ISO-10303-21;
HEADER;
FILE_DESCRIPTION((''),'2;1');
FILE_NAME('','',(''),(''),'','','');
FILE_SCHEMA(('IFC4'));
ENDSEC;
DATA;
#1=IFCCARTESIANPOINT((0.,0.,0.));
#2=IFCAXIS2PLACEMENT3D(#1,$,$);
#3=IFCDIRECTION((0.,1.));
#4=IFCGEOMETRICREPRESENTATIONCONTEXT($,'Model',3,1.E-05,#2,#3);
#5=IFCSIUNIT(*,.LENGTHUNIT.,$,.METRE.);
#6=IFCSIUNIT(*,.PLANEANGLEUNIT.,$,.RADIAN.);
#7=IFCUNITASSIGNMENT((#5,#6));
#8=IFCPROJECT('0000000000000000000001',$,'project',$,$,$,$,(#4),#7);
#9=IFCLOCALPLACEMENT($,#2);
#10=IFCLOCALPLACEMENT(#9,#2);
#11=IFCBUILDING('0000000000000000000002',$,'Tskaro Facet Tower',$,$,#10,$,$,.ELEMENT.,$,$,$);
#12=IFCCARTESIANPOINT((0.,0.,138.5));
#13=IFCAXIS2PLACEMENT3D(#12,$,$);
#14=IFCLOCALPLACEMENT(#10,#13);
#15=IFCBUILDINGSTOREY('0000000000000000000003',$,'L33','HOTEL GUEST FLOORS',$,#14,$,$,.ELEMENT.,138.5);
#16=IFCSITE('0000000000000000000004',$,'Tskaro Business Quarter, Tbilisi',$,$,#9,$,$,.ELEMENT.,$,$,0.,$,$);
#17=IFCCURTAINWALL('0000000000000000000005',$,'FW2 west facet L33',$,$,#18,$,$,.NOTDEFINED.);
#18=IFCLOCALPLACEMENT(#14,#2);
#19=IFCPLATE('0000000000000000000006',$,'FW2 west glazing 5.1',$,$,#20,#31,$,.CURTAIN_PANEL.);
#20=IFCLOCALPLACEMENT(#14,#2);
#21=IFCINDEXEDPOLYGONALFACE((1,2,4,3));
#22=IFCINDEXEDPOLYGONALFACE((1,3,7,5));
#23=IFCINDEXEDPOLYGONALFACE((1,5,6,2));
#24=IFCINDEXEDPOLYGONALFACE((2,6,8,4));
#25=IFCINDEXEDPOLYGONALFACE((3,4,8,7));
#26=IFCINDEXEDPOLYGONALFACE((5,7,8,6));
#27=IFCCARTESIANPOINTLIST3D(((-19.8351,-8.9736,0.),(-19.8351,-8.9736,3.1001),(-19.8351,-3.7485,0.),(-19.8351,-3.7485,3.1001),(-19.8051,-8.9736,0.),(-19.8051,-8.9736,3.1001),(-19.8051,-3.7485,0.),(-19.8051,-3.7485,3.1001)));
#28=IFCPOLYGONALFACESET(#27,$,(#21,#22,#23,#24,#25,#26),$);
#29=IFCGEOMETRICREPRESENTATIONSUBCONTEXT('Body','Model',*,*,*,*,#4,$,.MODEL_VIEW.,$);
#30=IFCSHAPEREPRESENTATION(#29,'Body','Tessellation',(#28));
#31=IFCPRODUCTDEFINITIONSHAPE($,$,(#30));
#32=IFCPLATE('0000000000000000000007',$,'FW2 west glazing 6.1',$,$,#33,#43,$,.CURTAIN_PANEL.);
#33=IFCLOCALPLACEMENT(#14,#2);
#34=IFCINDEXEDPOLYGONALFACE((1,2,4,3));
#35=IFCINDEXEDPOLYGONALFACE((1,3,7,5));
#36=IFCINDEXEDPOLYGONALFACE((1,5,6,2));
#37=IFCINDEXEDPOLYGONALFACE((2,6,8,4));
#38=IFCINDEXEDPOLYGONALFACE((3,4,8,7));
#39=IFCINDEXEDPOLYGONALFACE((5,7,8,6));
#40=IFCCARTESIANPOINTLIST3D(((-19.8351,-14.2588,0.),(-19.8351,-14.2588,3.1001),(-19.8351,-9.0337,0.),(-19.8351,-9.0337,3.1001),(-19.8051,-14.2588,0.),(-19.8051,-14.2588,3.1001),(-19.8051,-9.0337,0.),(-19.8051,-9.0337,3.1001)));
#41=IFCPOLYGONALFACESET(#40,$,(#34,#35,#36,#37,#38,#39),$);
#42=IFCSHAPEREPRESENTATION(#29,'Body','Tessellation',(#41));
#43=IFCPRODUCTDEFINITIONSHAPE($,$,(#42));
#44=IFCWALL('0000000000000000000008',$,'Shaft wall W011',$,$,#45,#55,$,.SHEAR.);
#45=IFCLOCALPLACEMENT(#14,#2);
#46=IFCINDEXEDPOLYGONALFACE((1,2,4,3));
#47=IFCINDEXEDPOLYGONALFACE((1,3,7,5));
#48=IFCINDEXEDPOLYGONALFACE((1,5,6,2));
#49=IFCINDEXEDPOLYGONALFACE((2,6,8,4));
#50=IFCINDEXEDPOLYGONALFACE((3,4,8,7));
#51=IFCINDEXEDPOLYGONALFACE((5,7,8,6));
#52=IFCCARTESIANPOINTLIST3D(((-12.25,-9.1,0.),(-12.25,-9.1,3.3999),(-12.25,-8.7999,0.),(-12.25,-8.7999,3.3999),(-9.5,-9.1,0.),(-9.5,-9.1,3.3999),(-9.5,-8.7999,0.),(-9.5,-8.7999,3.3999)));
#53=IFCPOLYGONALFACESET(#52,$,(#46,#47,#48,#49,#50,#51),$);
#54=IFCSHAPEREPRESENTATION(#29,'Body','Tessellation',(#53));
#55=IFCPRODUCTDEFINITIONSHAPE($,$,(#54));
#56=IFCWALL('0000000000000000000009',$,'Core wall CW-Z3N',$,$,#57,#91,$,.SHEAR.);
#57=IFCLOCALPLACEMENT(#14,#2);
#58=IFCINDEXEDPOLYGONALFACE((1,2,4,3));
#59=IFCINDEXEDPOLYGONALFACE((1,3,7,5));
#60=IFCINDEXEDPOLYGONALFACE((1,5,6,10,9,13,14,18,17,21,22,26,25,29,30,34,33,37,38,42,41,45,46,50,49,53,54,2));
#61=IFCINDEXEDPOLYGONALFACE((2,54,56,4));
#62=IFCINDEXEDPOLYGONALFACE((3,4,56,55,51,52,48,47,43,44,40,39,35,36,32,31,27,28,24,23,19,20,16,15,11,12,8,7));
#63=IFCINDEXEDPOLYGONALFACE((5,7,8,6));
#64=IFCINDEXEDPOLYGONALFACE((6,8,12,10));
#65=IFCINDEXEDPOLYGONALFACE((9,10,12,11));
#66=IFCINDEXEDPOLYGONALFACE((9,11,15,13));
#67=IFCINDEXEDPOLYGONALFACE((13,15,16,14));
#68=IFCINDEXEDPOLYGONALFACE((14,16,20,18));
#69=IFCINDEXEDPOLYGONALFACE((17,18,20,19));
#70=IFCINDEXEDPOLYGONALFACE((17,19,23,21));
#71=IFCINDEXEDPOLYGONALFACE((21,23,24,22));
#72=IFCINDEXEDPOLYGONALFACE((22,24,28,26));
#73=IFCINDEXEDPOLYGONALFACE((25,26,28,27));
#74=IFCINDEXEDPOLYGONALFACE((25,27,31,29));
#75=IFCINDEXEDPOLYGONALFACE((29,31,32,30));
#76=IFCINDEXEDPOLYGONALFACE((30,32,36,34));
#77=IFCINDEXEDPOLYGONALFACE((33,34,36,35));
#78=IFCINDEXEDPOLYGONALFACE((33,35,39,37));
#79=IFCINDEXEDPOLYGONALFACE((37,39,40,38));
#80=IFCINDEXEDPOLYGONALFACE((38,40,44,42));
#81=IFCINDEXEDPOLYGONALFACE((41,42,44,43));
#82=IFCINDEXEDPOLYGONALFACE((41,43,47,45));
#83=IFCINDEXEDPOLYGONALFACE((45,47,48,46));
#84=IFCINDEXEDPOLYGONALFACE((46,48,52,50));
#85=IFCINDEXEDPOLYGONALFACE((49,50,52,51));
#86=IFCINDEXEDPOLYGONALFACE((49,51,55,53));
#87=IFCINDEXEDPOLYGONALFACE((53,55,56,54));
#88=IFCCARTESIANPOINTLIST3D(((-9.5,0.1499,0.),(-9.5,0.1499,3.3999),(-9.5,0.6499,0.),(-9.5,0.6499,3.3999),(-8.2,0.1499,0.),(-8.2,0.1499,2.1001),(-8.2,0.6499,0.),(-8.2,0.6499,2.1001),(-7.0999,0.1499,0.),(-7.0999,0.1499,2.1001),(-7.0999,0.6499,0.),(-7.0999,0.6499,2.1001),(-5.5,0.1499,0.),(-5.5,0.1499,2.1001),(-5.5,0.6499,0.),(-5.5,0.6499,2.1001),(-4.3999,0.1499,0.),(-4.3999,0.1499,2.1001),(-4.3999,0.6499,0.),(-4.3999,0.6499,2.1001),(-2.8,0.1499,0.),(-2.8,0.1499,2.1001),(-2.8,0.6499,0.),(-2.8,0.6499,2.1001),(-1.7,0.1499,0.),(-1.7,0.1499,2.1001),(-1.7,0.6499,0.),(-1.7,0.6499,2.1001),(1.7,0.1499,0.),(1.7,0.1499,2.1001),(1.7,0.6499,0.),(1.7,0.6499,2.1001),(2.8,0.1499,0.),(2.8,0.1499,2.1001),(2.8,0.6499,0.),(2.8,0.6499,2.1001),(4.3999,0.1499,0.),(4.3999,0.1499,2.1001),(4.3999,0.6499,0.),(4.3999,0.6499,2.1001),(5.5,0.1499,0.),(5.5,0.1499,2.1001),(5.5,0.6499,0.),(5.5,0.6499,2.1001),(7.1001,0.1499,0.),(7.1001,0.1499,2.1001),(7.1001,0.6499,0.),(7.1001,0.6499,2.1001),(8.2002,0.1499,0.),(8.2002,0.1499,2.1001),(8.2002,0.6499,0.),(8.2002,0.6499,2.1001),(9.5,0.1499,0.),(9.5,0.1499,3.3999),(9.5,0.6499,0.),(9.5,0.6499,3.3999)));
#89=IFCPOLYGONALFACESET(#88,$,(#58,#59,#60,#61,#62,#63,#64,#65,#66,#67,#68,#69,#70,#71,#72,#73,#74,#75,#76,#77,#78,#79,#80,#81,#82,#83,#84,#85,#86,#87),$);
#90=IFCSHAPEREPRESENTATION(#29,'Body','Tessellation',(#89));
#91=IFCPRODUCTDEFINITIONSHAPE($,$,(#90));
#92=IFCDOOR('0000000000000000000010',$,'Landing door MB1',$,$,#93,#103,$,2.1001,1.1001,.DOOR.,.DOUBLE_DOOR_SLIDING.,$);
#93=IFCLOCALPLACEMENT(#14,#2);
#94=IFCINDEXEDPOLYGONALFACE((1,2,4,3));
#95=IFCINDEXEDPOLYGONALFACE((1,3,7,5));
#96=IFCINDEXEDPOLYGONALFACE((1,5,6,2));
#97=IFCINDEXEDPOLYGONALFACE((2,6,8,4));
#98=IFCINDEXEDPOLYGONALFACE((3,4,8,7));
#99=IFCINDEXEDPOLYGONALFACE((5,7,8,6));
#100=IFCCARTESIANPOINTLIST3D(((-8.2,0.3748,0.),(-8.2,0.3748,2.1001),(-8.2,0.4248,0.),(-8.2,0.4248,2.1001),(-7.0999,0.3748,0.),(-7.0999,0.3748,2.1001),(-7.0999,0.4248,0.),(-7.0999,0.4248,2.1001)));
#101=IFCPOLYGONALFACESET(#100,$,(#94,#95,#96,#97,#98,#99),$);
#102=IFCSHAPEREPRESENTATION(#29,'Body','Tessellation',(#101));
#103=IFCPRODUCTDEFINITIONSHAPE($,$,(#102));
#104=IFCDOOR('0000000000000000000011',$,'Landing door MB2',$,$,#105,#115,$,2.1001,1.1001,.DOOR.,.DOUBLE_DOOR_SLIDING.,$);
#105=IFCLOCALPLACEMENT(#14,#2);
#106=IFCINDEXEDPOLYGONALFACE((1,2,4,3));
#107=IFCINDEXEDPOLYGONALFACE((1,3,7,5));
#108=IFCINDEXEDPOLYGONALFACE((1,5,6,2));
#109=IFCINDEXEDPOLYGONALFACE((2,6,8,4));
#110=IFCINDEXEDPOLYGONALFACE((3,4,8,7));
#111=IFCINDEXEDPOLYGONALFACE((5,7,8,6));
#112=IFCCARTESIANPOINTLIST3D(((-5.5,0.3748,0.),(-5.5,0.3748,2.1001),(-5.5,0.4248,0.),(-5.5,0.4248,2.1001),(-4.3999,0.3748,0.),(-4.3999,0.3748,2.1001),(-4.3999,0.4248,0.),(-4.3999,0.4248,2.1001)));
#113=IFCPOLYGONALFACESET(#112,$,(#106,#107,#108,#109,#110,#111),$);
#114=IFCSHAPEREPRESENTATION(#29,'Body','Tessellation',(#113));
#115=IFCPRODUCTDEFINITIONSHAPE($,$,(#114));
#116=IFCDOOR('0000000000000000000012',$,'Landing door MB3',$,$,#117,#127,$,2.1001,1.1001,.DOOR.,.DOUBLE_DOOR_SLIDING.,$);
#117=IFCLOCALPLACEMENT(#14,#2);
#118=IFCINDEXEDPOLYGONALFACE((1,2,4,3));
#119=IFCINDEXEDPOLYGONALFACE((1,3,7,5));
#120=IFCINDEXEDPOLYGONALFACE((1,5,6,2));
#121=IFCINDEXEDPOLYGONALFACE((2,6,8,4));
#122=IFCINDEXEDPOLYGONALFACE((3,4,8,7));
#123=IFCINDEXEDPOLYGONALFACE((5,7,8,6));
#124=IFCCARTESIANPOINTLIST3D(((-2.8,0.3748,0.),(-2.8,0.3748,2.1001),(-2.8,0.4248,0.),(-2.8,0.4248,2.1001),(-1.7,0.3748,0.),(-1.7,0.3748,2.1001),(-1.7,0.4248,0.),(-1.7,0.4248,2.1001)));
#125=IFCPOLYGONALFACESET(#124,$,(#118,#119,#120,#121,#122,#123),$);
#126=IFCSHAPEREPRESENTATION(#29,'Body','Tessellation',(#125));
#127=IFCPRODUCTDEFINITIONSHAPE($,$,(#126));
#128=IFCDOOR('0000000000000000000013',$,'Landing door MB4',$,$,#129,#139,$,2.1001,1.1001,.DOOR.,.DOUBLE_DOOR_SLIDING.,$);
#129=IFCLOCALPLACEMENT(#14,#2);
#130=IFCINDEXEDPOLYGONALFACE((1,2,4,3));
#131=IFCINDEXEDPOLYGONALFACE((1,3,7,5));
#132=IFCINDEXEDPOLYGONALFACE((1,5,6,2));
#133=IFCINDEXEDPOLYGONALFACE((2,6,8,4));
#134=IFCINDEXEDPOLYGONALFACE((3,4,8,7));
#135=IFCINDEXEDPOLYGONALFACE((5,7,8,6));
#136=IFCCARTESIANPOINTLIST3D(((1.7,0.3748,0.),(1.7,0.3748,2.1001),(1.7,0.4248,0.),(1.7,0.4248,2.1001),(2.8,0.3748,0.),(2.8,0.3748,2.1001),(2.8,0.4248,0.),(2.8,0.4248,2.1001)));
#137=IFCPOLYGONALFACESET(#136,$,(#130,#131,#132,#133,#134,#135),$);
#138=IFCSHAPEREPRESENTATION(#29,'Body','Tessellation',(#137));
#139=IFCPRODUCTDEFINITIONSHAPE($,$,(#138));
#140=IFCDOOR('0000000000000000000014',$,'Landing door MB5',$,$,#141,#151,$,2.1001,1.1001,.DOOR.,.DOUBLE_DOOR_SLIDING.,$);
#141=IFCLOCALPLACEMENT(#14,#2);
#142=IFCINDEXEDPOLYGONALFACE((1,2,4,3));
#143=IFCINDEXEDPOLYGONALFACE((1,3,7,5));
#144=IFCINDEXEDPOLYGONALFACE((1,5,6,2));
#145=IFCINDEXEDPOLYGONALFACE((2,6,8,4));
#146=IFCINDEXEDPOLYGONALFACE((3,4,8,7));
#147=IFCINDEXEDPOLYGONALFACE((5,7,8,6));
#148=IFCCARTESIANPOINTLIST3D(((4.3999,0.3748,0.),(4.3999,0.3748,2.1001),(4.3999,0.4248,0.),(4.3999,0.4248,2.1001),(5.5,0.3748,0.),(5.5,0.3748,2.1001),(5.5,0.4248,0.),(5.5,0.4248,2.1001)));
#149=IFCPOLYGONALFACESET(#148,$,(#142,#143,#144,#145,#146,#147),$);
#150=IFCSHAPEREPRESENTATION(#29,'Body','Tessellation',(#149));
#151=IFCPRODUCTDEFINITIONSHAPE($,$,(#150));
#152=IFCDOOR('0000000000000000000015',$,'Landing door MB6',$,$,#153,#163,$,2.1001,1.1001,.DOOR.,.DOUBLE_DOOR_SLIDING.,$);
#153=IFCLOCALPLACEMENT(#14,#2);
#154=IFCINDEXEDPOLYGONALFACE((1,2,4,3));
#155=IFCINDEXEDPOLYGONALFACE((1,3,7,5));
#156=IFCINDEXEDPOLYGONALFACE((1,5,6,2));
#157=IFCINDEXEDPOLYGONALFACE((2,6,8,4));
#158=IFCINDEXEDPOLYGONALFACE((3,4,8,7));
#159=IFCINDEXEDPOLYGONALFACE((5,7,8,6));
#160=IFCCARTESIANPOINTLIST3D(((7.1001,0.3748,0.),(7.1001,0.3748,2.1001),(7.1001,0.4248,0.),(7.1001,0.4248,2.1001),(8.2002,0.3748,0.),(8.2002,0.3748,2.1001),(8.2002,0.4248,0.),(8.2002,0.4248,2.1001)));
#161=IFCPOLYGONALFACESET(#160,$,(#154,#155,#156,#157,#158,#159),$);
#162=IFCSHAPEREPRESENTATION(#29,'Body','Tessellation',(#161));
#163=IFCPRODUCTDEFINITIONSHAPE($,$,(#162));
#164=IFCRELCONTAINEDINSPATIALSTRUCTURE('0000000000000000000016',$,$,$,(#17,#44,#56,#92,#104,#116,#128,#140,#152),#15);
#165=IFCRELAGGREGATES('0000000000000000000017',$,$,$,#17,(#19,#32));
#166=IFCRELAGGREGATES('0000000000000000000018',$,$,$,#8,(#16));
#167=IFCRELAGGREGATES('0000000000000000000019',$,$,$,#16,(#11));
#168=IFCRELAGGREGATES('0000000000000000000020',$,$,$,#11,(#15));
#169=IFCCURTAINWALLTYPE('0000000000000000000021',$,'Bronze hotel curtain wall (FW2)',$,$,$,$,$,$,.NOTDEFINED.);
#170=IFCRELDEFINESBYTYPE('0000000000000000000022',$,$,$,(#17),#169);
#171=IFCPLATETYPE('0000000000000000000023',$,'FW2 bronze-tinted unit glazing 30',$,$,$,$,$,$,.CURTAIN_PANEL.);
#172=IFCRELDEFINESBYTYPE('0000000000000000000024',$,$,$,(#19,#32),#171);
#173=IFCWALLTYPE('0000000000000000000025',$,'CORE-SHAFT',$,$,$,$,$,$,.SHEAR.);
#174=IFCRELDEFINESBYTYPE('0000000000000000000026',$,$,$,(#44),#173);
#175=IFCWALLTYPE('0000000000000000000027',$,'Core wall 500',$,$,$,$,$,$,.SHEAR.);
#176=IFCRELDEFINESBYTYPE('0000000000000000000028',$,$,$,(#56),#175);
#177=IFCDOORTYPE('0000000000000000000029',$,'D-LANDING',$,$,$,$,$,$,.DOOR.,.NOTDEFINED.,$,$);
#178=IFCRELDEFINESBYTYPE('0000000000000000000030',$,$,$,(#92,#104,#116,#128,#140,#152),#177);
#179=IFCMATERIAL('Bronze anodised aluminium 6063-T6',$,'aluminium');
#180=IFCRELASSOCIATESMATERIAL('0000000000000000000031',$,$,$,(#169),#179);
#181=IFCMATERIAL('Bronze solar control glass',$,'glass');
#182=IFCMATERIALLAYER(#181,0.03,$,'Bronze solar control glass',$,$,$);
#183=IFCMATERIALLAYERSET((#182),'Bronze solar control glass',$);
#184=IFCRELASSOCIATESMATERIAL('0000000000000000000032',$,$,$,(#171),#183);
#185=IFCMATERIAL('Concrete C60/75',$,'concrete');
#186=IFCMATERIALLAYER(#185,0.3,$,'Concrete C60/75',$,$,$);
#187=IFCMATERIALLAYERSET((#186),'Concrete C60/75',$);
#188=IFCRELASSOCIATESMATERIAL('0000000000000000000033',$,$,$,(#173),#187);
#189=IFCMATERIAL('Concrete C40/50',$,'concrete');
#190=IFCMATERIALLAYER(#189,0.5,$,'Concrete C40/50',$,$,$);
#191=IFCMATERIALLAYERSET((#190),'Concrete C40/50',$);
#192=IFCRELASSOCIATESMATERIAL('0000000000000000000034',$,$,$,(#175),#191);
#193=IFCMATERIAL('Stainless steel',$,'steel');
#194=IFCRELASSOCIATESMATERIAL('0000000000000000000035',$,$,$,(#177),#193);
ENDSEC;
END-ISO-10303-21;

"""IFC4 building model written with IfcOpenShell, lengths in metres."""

from ifc_helpers import new_model, si_unit, direction, frame, frame_2d, origin, origin_2d, place, context, subcontext, project, spatial, rectangle, extrude, material, layer, layer_set, type_object, element, fill, aggregate, save


model = new_model("IFC4")

# Units and contexts
model_context = context("Model", 3, precision=1e-05, world=origin(), true_north=direction((0.0, 1.0)))
body_context = subcontext(model_context, "Body", "Model", "MODEL_VIEW")
ifc_project = project(units=[si_unit("LENGTHUNIT", "METRE"), si_unit("PLANEANGLEUNIT", "RADIAN")], contexts=[model_context])

# Site, building, storey
site_placement = place(None, origin())
site = spatial("IfcSite", under=ifc_project, at=site_placement, Name="Tskaro Business Quarter, Tbilisi", CompositionType="ELEMENT", RefElevation=0.0)
building_placement = place(site_placement, origin())
building = spatial("IfcBuilding", under=site, at=building_placement, Name="Tskaro Facet Tower", CompositionType="ELEMENT")
storey_placement = place(building_placement, frame((0.0, 0.0, 138.5)))
storey = spatial("IfcBuildingStorey", under=building, at=storey_placement, Name="L33", Description="HOTEL GUEST FLOORS", CompositionType="ELEMENT", Elevation=138.5)

# Curtain wall
ifc_material_1 = material(Name="Bronze anodised aluminium 6063-T6", Category="aluminium")
curtain_wall_type = type_object("IfcCurtainWallType", Name="Bronze hotel curtain wall (FW2)", PredefinedType="NOTDEFINED", material=ifc_material_1)
curtain_wall_placement = place(storey_placement, origin())
curtain_wall = element("IfcCurtainWall", 1, at=curtain_wall_placement, inside=storey, type_object=curtain_wall_type, Name="FW2 west facet L33", PredefinedType="NOTDEFINED")

# Plates
ifc_material_2 = material(Name="Bronze solar control glass", Category="glass")
ifc_layer_1 = layer(ifc_material_2, 0.03, Name="Bronze solar control glass")
ifc_layer_set_1 = layer_set([ifc_layer_1], Name="Bronze solar control glass")
plate_type = type_object("IfcPlateType", Name="FW2 bronze-tinted unit glazing 30", PredefinedType="CURTAIN_PANEL", material=ifc_layer_set_1)
plate_1_placement = place(storey_placement, frame((-19.8201, -6.3611, 0.0), z_axis=(0.0, 0.0, 1.0), x_axis=(0.0, -1.0, 0.0)))
plate_1 = element("IfcPlate", 2, at=plate_1_placement, type_object=plate_type, Name="FW2 west glazing 5.1", PredefinedType="CURTAIN_PANEL", context=body_context, shape_type="SweptSolid", body=[
    extrude(rectangle(XDim=5.2251, YDim=0.03, at=origin_2d()), origin(), (0.0, 0.0, 1.0), 3.1001),
])
plate_2_placement = place(storey_placement, frame((-19.8201, -11.6462, 0.0), z_axis=(0.0, 0.0, 1.0), x_axis=(0.0, -1.0, 0.0)))
plate_2 = element("IfcPlate", 3, at=plate_2_placement, type_object=plate_type, Name="FW2 west glazing 6.1", PredefinedType="CURTAIN_PANEL", context=body_context, shape_type="SweptSolid", body=[
    extrude(rectangle(XDim=5.2251, YDim=0.03, at=origin_2d()), origin(), (0.0, 0.0, 1.0), 3.1001),
])
aggregate(curtain_wall, [plate_1, plate_2])

# Wall
ifc_material_3 = material(Name="Concrete C60/75", Category="concrete")
ifc_layer_2 = layer(ifc_material_3, 0.3, Name="Concrete C60/75")
ifc_layer_set_2 = layer_set([ifc_layer_2], Name="Concrete C60/75")
wall_type_1 = type_object("IfcWallType", Name="CORE-SHAFT", PredefinedType="SHEAR", material=ifc_layer_set_2)
wall_1_placement = place(storey_placement, frame((-12.25, -8.95, 0.0), z_axis=(0.0, 0.0, 1.0), x_axis=(1.0, 0.0, 0.0)))
element("IfcWall", 4, at=wall_1_placement, inside=storey, type_object=wall_type_1, Name="Shaft wall W011", PredefinedType="SHEAR", context=body_context, shape_type="SweptSolid", body=[
    extrude(rectangle(XDim=2.75, YDim=0.3, at=frame_2d((1.375, 0.0))), origin(), (0.0, 0.0, 1.0), 3.3999),
])

# Wall, openings, doors
ifc_material_4 = material(Name="Concrete C40/50", Category="concrete")
ifc_layer_3 = layer(ifc_material_4, 0.5, Name="Concrete C40/50")
ifc_layer_set_3 = layer_set([ifc_layer_3], Name="Concrete C40/50")
wall_type_2 = type_object("IfcWallType", Name="Core wall 500", PredefinedType="SHEAR", material=ifc_layer_set_3)
wall_2_placement = place(storey_placement, frame((-9.5, 0.3999, 0.0), z_axis=(0.0, 0.0, 1.0), x_axis=(1.0, 0.0, 0.0)))
wall_2 = element("IfcWall", 5, at=wall_2_placement, inside=storey, type_object=wall_type_2, Name="Core wall CW-Z3N", PredefinedType="SHEAR", context=body_context, shape_type="SweptSolid", body=[
    extrude(rectangle(XDim=19.0, YDim=0.5, at=frame_2d((9.5, 0.0))), origin(), (0.0, 0.0, 1.0), 3.3999),
])
opening_1_placement = place(wall_2_placement, frame((1.3, 0.0, 0.0)))
opening_1 = element("IfcOpeningElement", 6, at=opening_1_placement, cuts=wall_2, PredefinedType="OPENING", context=body_context, shape_type="SweptSolid", body=[
    extrude(rectangle(XDim=1.1001, YDim=2.1001, at=frame_2d((0.55, 1.05))), frame((0.0, 0.26, 0.0), z_axis=(0.0, -1.0, 0.0), x_axis=(1.0, 0.0, 0.0)), (0.0, 0.0, 1.0), 0.52),
])
opening_2_placement = place(wall_2_placement, frame((4.0, 0.0, 0.0)))
opening_2 = element("IfcOpeningElement", 7, at=opening_2_placement, cuts=wall_2, PredefinedType="OPENING", context=body_context, shape_type="SweptSolid", body=[
    extrude(rectangle(XDim=1.1001, YDim=2.1001, at=frame_2d((0.55, 1.05))), frame((0.0, 0.26, 0.0), z_axis=(0.0, -1.0, 0.0), x_axis=(1.0, 0.0, 0.0)), (0.0, 0.0, 1.0), 0.52),
])
opening_3_placement = place(wall_2_placement, frame((6.7, 0.0, 0.0)))
opening_3 = element("IfcOpeningElement", 8, at=opening_3_placement, cuts=wall_2, PredefinedType="OPENING", context=body_context, shape_type="SweptSolid", body=[
    extrude(rectangle(XDim=1.1001, YDim=2.1001, at=frame_2d((0.55, 1.05))), frame((0.0, 0.26, 0.0), z_axis=(0.0, -1.0, 0.0), x_axis=(1.0, 0.0, 0.0)), (0.0, 0.0, 1.0), 0.52),
])
opening_4_placement = place(wall_2_placement, frame((11.2, 0.0, 0.0)))
opening_4 = element("IfcOpeningElement", 9, at=opening_4_placement, cuts=wall_2, PredefinedType="OPENING", context=body_context, shape_type="SweptSolid", body=[
    extrude(rectangle(XDim=1.1001, YDim=2.1001, at=frame_2d((0.55, 1.05))), frame((0.0, 0.26, 0.0), z_axis=(0.0, -1.0, 0.0), x_axis=(1.0, 0.0, 0.0)), (0.0, 0.0, 1.0), 0.52),
])
opening_5_placement = place(wall_2_placement, frame((13.8999, 0.0, 0.0)))
opening_5 = element("IfcOpeningElement", 10, at=opening_5_placement, cuts=wall_2, PredefinedType="OPENING", context=body_context, shape_type="SweptSolid", body=[
    extrude(rectangle(XDim=1.1001, YDim=2.1001, at=frame_2d((0.55, 1.05))), frame((0.0, 0.26, 0.0), z_axis=(0.0, -1.0, 0.0), x_axis=(1.0, 0.0, 0.0)), (0.0, 0.0, 1.0), 0.52),
])
opening_6_placement = place(wall_2_placement, frame((16.6001, 0.0, 0.0)))
opening_6 = element("IfcOpeningElement", 11, at=opening_6_placement, cuts=wall_2, PredefinedType="OPENING", context=body_context, shape_type="SweptSolid", body=[
    extrude(rectangle(XDim=1.1001, YDim=2.1001, at=frame_2d((0.55, 1.05))), frame((0.0, 0.26, 0.0), z_axis=(0.0, -1.0, 0.0), x_axis=(1.0, 0.0, 0.0)), (0.0, 0.0, 1.0), 0.52),
])
ifc_material_5 = material(Name="Stainless steel", Category="steel")
door_type_1 = type_object("IfcDoorType", Name="D-LANDING", OperationType="NOTDEFINED", PredefinedType="DOOR", material=ifc_material_5)
door_1_placement = place(opening_1_placement, origin())
door_1 = element("IfcDoor", 12, at=door_1_placement, inside=storey, type_object=door_type_1, Name="Landing door MB1", OperationType="DOUBLE_DOOR_SLIDING", OverallHeight=2.1001, OverallWidth=1.1001, PredefinedType="DOOR", context=body_context, shape_type="SweptSolid", body=[
    extrude(rectangle(XDim=1.1001, YDim=2.1001, at=frame_2d((0.55, 1.05))), frame((0.0, 0.0249, 0.0), z_axis=(0.0, -1.0, 0.0), x_axis=(1.0, 0.0, 0.0)), (0.0, 0.0, 1.0), 0.05),
])
fill(opening_1, door_1)
door_2_placement = place(opening_2_placement, origin())
door_2 = element("IfcDoor", 13, at=door_2_placement, inside=storey, type_object=door_type_1, Name="Landing door MB2", OperationType="DOUBLE_DOOR_SLIDING", OverallHeight=2.1001, OverallWidth=1.1001, PredefinedType="DOOR", context=body_context, shape_type="SweptSolid", body=[
    extrude(rectangle(XDim=1.1001, YDim=2.1001, at=frame_2d((0.55, 1.05))), frame((0.0, 0.0249, 0.0), z_axis=(0.0, -1.0, 0.0), x_axis=(1.0, 0.0, 0.0)), (0.0, 0.0, 1.0), 0.05),
])
fill(opening_2, door_2)
door_3_placement = place(opening_3_placement, origin())
door_3 = element("IfcDoor", 14, at=door_3_placement, inside=storey, type_object=door_type_1, Name="Landing door MB3", OperationType="DOUBLE_DOOR_SLIDING", OverallHeight=2.1001, OverallWidth=1.1001, PredefinedType="DOOR", context=body_context, shape_type="SweptSolid", body=[
    extrude(rectangle(XDim=1.1001, YDim=2.1001, at=frame_2d((0.55, 1.05))), frame((0.0, 0.0249, 0.0), z_axis=(0.0, -1.0, 0.0), x_axis=(1.0, 0.0, 0.0)), (0.0, 0.0, 1.0), 0.05),
])
fill(opening_3, door_3)
door_4_placement = place(opening_4_placement, origin())
door_4 = element("IfcDoor", 15, at=door_4_placement, inside=storey, type_object=door_type_1, Name="Landing door MB4", OperationType="DOUBLE_DOOR_SLIDING", OverallHeight=2.1001, OverallWidth=1.1001, PredefinedType="DOOR", context=body_context, shape_type="SweptSolid", body=[
    extrude(rectangle(XDim=1.1001, YDim=2.1001, at=frame_2d((0.55, 1.05))), frame((0.0, 0.0249, 0.0), z_axis=(0.0, -1.0, 0.0), x_axis=(1.0, 0.0, 0.0)), (0.0, 0.0, 1.0), 0.05),
])
fill(opening_4, door_4)
door_5_placement = place(opening_5_placement, origin())
door_5 = element("IfcDoor", 16, at=door_5_placement, inside=storey, type_object=door_type_1, Name="Landing door MB5", OperationType="DOUBLE_DOOR_SLIDING", OverallHeight=2.1001, OverallWidth=1.1001, PredefinedType="DOOR", context=body_context, shape_type="SweptSolid", body=[
    extrude(rectangle(XDim=1.1001, YDim=2.1001, at=frame_2d((0.55, 1.05))), frame((0.0, 0.0249, 0.0), z_axis=(0.0, -1.0, 0.0), x_axis=(1.0, 0.0, 0.0)), (0.0, 0.0, 1.0), 0.05),
])
fill(opening_5, door_5)
door_6_placement = place(opening_6_placement, origin())
door_6 = element("IfcDoor", 17, at=door_6_placement, inside=storey, type_object=door_type_1, Name="Landing door MB6", OperationType="DOUBLE_DOOR_SLIDING", OverallHeight=2.1001, OverallWidth=1.1001, PredefinedType="DOOR", context=body_context, shape_type="SweptSolid", body=[
    extrude(rectangle(XDim=1.1001, YDim=2.1001, at=frame_2d((0.55, 1.05))), frame((0.0, 0.0249, 0.0), z_axis=(0.0, -1.0, 0.0), x_axis=(1.0, 0.0, 0.0)), (0.0, 0.0, 1.0), 0.05),
])
fill(opening_6, door_6)

save(model, "model.ifc")
